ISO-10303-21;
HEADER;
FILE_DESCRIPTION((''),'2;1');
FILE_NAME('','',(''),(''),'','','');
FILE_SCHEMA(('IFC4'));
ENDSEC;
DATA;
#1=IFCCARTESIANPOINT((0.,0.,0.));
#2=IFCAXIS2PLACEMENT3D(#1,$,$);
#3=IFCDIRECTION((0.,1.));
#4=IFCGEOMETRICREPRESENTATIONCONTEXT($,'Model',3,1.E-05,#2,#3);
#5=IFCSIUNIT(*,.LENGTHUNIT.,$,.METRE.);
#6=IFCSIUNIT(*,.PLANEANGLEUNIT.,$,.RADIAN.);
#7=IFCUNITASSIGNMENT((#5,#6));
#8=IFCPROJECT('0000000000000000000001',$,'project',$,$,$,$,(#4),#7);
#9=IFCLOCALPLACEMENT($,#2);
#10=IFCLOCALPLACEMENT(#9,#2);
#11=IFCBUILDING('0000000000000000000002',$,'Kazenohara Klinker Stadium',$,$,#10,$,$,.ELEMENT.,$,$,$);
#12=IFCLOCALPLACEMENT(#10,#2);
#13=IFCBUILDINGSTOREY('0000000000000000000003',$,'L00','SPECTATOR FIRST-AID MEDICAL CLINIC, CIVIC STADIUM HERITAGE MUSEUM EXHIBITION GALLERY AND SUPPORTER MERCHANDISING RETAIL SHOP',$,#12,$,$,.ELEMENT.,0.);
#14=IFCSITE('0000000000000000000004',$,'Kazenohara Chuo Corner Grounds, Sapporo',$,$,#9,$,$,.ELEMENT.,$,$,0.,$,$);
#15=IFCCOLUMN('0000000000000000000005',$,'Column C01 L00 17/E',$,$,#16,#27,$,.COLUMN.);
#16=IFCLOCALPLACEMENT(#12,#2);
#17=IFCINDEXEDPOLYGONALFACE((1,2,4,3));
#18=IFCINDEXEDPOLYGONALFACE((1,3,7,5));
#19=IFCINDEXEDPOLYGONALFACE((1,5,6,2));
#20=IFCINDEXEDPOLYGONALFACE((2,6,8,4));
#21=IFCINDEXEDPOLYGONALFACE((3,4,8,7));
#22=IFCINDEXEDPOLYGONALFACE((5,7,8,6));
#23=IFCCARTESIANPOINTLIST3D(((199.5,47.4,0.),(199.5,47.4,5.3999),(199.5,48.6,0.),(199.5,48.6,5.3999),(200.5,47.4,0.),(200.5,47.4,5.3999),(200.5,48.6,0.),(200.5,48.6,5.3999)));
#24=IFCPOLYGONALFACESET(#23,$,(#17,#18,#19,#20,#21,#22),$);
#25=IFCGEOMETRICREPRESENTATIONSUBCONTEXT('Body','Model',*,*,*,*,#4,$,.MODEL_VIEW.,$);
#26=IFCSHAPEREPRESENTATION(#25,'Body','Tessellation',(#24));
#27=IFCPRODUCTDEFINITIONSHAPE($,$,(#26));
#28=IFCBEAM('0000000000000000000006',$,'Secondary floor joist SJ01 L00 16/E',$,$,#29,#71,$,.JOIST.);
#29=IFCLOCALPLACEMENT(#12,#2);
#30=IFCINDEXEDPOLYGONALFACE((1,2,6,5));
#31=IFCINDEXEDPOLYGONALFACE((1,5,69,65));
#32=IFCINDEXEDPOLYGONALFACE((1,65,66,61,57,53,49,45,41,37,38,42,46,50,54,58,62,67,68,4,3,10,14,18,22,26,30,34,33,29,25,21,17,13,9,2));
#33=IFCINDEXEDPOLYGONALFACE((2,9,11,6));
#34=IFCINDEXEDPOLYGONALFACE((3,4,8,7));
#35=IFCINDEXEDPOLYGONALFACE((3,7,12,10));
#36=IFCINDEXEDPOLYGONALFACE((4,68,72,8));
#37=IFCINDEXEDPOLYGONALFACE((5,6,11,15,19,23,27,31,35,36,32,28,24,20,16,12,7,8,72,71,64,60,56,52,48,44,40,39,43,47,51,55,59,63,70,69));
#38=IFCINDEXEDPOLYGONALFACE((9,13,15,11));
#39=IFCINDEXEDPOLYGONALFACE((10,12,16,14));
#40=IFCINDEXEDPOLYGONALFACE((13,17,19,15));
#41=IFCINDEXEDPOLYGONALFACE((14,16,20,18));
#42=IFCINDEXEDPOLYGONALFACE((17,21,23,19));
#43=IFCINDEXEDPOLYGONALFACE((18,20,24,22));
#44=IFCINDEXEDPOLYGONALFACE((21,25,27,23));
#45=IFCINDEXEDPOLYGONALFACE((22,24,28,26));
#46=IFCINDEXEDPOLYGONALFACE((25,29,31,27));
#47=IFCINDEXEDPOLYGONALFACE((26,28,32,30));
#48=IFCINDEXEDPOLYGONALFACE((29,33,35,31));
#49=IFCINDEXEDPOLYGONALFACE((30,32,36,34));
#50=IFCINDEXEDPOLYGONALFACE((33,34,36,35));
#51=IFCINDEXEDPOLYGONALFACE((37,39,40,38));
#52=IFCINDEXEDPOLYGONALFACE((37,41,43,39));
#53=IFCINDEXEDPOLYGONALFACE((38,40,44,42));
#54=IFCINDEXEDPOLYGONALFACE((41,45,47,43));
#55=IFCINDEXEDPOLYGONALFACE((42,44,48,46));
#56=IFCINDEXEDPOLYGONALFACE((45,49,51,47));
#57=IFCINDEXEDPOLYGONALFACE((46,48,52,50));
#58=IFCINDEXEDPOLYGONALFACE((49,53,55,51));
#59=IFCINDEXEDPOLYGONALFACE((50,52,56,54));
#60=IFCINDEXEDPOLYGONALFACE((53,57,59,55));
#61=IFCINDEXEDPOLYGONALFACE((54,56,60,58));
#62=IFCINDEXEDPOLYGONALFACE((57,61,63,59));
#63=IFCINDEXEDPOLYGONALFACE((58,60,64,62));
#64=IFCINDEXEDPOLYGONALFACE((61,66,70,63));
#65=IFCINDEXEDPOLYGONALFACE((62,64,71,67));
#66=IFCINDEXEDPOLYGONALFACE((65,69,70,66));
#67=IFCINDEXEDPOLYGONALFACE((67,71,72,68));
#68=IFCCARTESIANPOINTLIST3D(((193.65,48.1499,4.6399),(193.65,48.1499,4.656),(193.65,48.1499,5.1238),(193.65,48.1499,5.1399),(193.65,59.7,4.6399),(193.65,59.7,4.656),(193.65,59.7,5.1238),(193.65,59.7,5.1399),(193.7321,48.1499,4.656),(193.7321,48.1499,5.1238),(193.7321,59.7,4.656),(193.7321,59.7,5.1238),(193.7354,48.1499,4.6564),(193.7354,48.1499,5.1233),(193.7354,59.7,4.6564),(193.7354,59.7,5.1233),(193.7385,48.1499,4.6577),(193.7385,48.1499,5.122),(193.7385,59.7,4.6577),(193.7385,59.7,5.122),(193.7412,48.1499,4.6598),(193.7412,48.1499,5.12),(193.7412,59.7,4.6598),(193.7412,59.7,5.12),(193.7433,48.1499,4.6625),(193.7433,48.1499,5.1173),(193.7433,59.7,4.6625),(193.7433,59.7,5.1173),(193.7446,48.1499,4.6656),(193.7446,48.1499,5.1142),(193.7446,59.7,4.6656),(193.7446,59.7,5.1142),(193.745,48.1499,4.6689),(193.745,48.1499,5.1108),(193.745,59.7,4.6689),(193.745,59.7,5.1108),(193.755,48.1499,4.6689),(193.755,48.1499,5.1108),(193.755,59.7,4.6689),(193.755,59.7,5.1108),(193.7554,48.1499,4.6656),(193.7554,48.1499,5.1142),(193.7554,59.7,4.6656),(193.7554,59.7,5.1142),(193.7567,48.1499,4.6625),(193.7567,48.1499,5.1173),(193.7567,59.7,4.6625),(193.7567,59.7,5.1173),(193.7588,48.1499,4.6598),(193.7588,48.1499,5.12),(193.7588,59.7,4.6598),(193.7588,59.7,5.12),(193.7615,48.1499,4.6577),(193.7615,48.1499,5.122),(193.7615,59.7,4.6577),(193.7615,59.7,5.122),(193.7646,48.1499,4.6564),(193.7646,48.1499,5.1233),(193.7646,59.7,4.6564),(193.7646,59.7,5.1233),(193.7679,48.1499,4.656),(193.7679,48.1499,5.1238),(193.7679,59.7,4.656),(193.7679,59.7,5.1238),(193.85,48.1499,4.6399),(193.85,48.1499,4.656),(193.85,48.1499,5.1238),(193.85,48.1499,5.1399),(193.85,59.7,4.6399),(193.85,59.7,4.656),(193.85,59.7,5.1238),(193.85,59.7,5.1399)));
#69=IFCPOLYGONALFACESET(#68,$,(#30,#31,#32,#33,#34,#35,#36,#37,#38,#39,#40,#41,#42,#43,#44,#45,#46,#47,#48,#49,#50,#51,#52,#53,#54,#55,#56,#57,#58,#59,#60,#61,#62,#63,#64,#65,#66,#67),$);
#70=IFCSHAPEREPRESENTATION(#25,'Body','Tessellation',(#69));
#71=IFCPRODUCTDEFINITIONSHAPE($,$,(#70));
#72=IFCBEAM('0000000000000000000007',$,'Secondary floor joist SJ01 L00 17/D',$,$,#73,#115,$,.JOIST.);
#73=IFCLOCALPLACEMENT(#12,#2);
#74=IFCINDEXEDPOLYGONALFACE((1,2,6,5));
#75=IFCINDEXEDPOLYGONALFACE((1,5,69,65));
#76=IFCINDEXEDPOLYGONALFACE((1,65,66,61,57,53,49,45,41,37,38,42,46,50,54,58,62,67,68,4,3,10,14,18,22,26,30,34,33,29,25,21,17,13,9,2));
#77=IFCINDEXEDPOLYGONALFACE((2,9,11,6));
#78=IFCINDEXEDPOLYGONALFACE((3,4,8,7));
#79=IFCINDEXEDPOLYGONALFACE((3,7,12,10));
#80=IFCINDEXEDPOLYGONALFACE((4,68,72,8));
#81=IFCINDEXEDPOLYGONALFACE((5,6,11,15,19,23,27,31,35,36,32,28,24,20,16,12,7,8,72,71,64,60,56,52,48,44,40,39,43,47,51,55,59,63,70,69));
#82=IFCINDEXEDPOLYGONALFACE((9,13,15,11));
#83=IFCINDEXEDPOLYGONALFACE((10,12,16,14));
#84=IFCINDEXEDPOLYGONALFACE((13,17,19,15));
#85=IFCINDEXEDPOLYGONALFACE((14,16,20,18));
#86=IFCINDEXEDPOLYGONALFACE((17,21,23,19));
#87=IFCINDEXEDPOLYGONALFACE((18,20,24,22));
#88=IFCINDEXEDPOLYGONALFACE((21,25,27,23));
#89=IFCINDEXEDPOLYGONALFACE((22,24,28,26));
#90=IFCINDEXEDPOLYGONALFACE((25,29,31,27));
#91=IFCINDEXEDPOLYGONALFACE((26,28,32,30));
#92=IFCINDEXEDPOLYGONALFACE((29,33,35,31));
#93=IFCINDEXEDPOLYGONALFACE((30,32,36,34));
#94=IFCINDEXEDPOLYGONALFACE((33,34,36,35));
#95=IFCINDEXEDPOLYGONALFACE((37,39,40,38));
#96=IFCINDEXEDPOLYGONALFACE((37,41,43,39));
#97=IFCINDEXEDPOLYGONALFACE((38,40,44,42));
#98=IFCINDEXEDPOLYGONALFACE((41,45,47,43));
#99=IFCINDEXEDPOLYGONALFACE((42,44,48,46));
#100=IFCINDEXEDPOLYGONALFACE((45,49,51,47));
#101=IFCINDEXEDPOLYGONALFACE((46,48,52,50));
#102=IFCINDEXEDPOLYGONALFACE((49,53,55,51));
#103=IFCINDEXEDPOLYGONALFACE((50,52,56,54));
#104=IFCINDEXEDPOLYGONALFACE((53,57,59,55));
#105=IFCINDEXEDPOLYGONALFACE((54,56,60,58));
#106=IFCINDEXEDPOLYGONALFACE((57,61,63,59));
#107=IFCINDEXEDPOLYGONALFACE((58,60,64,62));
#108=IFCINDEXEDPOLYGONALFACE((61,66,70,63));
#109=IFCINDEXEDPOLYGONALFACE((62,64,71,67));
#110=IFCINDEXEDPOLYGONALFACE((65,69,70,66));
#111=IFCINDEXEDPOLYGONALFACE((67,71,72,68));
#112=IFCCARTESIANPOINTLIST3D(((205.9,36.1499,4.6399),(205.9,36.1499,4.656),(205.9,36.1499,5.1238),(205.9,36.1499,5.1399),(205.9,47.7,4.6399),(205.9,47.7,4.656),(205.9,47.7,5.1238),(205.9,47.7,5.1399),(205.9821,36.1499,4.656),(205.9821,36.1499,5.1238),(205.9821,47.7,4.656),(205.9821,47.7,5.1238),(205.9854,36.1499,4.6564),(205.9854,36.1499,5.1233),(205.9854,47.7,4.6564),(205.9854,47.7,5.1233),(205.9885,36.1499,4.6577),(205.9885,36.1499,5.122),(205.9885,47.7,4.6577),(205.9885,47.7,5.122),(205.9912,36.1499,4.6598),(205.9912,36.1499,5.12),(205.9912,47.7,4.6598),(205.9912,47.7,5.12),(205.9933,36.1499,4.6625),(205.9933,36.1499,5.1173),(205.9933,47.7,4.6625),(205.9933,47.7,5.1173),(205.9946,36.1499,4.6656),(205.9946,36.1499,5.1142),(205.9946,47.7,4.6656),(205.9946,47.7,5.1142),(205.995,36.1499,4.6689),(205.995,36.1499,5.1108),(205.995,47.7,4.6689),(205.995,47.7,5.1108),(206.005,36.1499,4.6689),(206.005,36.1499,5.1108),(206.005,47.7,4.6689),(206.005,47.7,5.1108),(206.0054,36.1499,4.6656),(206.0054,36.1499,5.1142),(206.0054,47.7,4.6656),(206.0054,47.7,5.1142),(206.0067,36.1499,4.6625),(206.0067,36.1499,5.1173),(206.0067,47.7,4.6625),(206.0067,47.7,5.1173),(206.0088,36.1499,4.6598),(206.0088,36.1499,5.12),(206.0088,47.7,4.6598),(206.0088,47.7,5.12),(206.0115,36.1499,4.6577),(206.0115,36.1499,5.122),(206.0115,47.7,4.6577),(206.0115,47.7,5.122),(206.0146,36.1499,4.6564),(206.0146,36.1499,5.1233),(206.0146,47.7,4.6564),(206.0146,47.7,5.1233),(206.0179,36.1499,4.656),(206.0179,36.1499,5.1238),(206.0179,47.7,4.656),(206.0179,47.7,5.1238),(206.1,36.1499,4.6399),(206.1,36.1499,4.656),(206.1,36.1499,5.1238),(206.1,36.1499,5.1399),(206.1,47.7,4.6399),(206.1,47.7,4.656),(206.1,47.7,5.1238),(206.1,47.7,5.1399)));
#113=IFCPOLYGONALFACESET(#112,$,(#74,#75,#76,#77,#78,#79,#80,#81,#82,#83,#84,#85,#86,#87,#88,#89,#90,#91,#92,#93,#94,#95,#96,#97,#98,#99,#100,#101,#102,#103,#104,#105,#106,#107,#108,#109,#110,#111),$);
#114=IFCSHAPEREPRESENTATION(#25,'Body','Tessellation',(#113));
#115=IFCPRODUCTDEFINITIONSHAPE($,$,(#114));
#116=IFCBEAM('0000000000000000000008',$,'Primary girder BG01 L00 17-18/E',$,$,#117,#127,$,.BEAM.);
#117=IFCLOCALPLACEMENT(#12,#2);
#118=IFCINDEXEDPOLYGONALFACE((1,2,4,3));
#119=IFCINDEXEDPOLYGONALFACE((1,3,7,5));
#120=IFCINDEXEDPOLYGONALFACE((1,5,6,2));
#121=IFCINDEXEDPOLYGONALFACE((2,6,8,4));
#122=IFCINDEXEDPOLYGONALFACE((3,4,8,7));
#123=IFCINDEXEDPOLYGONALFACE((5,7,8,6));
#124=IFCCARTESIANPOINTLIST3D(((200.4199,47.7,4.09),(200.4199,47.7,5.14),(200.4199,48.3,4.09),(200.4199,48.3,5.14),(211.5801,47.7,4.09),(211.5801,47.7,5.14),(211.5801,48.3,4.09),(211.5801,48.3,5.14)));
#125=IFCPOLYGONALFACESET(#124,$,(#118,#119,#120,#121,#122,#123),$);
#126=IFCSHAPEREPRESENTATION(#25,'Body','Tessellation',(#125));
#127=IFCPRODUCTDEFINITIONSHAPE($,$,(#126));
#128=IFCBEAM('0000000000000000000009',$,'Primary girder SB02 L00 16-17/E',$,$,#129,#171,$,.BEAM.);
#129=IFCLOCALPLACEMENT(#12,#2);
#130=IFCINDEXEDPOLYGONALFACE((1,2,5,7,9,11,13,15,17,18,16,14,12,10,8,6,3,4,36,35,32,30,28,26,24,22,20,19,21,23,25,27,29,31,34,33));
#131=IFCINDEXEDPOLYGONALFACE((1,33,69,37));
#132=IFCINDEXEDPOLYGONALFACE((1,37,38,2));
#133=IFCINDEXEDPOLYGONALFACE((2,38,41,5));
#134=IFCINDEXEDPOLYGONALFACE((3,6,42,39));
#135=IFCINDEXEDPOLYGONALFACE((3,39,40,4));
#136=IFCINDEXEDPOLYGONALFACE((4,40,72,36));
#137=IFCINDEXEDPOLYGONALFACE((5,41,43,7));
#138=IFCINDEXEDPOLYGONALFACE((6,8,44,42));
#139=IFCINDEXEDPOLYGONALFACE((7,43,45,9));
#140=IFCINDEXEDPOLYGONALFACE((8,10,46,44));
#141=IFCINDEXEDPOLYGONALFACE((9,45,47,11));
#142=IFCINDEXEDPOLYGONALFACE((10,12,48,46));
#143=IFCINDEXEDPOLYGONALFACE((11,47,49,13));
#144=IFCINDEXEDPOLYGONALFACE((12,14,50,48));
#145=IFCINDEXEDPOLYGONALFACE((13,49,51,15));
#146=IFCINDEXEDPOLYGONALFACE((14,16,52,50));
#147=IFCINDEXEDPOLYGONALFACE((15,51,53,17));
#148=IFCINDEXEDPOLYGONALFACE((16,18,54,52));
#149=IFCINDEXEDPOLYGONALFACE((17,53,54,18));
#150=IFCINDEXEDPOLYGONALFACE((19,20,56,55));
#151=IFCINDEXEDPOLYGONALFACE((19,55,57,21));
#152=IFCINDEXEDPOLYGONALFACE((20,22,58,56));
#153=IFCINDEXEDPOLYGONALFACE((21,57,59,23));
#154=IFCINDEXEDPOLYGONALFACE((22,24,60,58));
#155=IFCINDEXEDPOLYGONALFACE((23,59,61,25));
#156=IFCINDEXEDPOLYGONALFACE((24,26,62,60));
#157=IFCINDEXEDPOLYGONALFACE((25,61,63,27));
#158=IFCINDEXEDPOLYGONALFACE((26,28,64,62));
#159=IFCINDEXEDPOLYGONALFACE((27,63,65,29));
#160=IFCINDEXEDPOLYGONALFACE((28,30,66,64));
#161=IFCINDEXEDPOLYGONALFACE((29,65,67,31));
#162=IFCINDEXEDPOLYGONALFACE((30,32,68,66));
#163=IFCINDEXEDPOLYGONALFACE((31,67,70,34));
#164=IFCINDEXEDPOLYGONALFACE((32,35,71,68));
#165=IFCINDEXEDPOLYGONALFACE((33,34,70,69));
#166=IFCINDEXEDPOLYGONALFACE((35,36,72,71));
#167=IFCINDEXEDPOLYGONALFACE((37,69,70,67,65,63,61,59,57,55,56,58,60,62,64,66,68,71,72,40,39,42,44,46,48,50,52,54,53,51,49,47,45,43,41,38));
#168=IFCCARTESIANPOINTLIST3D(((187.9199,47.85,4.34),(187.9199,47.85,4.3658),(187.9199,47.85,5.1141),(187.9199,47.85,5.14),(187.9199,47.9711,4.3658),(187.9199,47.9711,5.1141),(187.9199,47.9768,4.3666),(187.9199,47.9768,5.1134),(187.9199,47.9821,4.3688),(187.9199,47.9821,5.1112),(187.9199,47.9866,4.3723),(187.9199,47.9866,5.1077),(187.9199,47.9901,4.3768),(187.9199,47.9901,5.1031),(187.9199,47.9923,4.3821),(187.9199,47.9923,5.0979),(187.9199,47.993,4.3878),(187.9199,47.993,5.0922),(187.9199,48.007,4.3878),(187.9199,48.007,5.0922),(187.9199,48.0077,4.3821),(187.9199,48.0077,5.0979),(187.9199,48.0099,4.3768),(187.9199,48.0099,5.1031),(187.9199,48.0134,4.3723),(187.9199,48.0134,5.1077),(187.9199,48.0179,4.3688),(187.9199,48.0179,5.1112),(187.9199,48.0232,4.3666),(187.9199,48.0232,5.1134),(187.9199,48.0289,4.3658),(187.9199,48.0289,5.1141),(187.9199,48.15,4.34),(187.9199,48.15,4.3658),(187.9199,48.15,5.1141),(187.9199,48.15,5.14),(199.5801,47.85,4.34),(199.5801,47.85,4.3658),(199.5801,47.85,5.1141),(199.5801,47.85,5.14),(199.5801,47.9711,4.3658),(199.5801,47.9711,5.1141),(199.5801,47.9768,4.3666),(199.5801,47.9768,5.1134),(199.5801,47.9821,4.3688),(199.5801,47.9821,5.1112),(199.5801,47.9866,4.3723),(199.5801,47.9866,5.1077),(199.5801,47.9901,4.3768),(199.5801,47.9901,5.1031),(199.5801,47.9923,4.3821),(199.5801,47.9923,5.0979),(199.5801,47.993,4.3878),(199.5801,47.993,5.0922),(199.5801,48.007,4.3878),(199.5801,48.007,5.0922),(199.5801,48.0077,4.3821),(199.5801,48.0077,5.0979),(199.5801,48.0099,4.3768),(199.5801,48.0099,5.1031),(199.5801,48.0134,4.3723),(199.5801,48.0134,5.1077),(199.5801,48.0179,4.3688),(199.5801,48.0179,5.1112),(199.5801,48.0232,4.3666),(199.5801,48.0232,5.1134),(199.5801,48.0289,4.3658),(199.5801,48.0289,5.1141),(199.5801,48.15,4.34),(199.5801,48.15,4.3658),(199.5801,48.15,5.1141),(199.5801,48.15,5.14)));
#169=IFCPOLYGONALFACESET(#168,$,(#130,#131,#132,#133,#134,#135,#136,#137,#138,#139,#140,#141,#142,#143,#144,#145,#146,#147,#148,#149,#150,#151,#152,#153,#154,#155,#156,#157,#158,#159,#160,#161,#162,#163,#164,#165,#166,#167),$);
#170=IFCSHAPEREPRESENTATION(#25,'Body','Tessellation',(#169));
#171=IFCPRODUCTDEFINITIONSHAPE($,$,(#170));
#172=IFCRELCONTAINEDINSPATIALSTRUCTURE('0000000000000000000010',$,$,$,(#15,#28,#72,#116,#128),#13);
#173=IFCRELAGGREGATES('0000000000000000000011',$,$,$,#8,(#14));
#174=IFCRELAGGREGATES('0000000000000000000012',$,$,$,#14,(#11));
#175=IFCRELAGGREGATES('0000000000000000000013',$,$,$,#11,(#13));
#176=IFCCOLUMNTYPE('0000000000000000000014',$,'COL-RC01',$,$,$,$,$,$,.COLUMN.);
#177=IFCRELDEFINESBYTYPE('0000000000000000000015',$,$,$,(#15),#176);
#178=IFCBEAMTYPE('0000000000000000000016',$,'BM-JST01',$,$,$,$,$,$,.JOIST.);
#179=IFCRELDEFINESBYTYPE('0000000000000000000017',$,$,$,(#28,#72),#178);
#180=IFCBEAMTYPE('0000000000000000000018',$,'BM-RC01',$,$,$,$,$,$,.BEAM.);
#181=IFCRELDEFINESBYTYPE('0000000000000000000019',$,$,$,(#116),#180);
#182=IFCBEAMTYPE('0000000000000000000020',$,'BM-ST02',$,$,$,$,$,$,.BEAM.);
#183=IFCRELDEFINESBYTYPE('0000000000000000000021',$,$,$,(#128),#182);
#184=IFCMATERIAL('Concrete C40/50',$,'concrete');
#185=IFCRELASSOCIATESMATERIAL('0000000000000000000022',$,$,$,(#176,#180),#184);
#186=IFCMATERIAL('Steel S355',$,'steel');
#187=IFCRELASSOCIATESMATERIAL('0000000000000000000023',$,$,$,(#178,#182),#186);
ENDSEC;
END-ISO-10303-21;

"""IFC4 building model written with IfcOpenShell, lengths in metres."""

from ifc_helpers import new_model, si_unit, direction, frame, origin, origin_2d, place, context, subcontext, project, spatial, rectangle, i_section, extrude, material, material_profile, profile_set, type_object, element, save


model = new_model("IFC4")

# Units and contexts
model_context = context("Model", 3, precision=1e-05, world=origin(), true_north=direction((0.0, 1.0)))
body_context = subcontext(model_context, "Body", "Model", "MODEL_VIEW")
ifc_project = project(units=[si_unit("LENGTHUNIT", "METRE"), si_unit("PLANEANGLEUNIT", "RADIAN")], contexts=[model_context])

# Site, building, storey
site_placement = place(None, origin())
site = spatial("IfcSite", under=ifc_project, at=site_placement, Name="Kazenohara Chuo Corner Grounds, Sapporo", CompositionType="ELEMENT", RefElevation=0.0)
building_placement = place(site_placement, origin())
building = spatial("IfcBuilding", under=site, at=building_placement, Name="Kazenohara Klinker Stadium", CompositionType="ELEMENT")
storey_placement = place(building_placement, origin())
storey = spatial("IfcBuildingStorey", under=building, at=storey_placement, Name="L00", Description="SPECTATOR FIRST-AID MEDICAL CLINIC, CIVIC STADIUM HERITAGE MUSEUM EXHIBITION GALLERY AND SUPPORTER MERCHANDISING RETAIL SHOP", CompositionType="ELEMENT", Elevation=0.0)

# Column
ifc_material_1 = material(Name="Concrete C40/50", Category="concrete")
ifc_material_profile_1 = material_profile(ifc_material_1, rectangle(XDim=1.0, YDim=1.2, at=origin_2d()), Name="RC-COL-1200x1000")
ifc_profile_set_1 = profile_set([ifc_material_profile_1], Name="Concrete C40/50")
column_type = type_object("IfcColumnType", Name="COL-RC01", PredefinedType="COLUMN", material=ifc_profile_set_1)
column_placement = place(storey_placement, frame((200.0, 48.0, 0.0), z_axis=(0.0, 0.0, 1.0), x_axis=(1.0, 0.0, 0.0)))
element("IfcColumn", 1, at=column_placement, inside=storey, type_object=column_type, Name="Column C01 L00 17/E", PredefinedType="COLUMN", context=body_context, shape_type="SweptSolid", body=[
    extrude(rectangle(XDim=1.0, YDim=1.2, at=origin_2d()), origin(), (0.0, 0.0, 1.0), 5.3999),
])

# Beams
ifc_material_2 = material(Name="Steel S355", Category="steel")
ifc_material_profile_2 = material_profile(ifc_material_2, i_section(OverallWidth=0.2, OverallDepth=0.5, WebThickness=0.01, FlangeThickness=0.0161, FilletRadius=0.0129, at=origin_2d()), Name="H-500x200x10x16")
ifc_profile_set_2 = profile_set([ifc_material_profile_2], Name="Steel S355")
beam_type_1 = type_object("IfcBeamType", Name="BM-JST01", PredefinedType="JOIST", material=ifc_profile_set_2)
for number, where, z_axis, x_axis, name in (
    (2, (193.75, 48.1499, 4.8899), (0.0, 1.0, 0.0), (-1.0, 0.0, 0.0), "Secondary floor joist SJ01 L00 16/E"),
    (3, (206.0, 36.1499, 4.8899), (0.0, 1.0, 0.0), (-1.0, 0.0, 0.0), "Secondary floor joist SJ01 L00 17/D"),
):
    element("IfcBeam", number, at=place(storey_placement, frame(where, z_axis=z_axis, x_axis=x_axis)), inside=storey, type_object=beam_type_1, Name=name, PredefinedType="JOIST", context=body_context, shape_type="SweptSolid", body=[
        extrude(i_section(OverallWidth=0.2, OverallDepth=0.5, WebThickness=0.01, FlangeThickness=0.0161, FilletRadius=0.0129, at=origin_2d()), origin(), (0.0, 0.0, 1.0), 11.55),
    ])
ifc_material_profile_3 = material_profile(ifc_material_1, rectangle(XDim=0.6001, YDim=1.05, at=origin_2d()), Name="RC-BM-600x1050")
ifc_profile_set_3 = profile_set([ifc_material_profile_3], Name="Concrete C40/50")
beam_type_2 = type_object("IfcBeamType", Name="BM-RC01", PredefinedType="BEAM", material=ifc_profile_set_3)
beam_1_placement = place(storey_placement, frame((200.4199, 48.0, 4.615), z_axis=(1.0, 0.0, 0.0), x_axis=(0.0, 1.0, 0.0)))
element("IfcBeam", 4, at=beam_1_placement, inside=storey, type_object=beam_type_2, Name="Primary girder BG01 L00 17-18/E", PredefinedType="BEAM", context=body_context, shape_type="SweptSolid", body=[
    extrude(rectangle(XDim=0.6001, YDim=1.05, at=origin_2d()), origin(), (0.0, 0.0, 1.0), 11.1602),
])
ifc_material_profile_4 = material_profile(ifc_material_2, i_section(OverallWidth=0.3, OverallDepth=0.8, WebThickness=0.0139, FlangeThickness=0.0259, FilletRadius=0.022, at=origin_2d()), Name="H-800x300x14x26")
ifc_profile_set_4 = profile_set([ifc_material_profile_4], Name="Steel S355")
beam_type_3 = type_object("IfcBeamType", Name="BM-ST02", PredefinedType="BEAM", material=ifc_profile_set_4)
beam_2_placement = place(storey_placement, frame((187.9199, 48.0, 4.74), z_axis=(1.0, 0.0, 0.0), x_axis=(0.0, 1.0, 0.0)))
element("IfcBeam", 5, at=beam_2_placement, inside=storey, type_object=beam_type_3, Name="Primary girder SB02 L00 16-17/E", PredefinedType="BEAM", context=body_context, shape_type="SweptSolid", body=[
    extrude(i_section(OverallWidth=0.3, OverallDepth=0.8, WebThickness=0.0139, FlangeThickness=0.0259, FilletRadius=0.022, at=origin_2d()), origin(), (0.0, 0.0, 1.0), 11.6602),
])

save(model, "model.ifc")
